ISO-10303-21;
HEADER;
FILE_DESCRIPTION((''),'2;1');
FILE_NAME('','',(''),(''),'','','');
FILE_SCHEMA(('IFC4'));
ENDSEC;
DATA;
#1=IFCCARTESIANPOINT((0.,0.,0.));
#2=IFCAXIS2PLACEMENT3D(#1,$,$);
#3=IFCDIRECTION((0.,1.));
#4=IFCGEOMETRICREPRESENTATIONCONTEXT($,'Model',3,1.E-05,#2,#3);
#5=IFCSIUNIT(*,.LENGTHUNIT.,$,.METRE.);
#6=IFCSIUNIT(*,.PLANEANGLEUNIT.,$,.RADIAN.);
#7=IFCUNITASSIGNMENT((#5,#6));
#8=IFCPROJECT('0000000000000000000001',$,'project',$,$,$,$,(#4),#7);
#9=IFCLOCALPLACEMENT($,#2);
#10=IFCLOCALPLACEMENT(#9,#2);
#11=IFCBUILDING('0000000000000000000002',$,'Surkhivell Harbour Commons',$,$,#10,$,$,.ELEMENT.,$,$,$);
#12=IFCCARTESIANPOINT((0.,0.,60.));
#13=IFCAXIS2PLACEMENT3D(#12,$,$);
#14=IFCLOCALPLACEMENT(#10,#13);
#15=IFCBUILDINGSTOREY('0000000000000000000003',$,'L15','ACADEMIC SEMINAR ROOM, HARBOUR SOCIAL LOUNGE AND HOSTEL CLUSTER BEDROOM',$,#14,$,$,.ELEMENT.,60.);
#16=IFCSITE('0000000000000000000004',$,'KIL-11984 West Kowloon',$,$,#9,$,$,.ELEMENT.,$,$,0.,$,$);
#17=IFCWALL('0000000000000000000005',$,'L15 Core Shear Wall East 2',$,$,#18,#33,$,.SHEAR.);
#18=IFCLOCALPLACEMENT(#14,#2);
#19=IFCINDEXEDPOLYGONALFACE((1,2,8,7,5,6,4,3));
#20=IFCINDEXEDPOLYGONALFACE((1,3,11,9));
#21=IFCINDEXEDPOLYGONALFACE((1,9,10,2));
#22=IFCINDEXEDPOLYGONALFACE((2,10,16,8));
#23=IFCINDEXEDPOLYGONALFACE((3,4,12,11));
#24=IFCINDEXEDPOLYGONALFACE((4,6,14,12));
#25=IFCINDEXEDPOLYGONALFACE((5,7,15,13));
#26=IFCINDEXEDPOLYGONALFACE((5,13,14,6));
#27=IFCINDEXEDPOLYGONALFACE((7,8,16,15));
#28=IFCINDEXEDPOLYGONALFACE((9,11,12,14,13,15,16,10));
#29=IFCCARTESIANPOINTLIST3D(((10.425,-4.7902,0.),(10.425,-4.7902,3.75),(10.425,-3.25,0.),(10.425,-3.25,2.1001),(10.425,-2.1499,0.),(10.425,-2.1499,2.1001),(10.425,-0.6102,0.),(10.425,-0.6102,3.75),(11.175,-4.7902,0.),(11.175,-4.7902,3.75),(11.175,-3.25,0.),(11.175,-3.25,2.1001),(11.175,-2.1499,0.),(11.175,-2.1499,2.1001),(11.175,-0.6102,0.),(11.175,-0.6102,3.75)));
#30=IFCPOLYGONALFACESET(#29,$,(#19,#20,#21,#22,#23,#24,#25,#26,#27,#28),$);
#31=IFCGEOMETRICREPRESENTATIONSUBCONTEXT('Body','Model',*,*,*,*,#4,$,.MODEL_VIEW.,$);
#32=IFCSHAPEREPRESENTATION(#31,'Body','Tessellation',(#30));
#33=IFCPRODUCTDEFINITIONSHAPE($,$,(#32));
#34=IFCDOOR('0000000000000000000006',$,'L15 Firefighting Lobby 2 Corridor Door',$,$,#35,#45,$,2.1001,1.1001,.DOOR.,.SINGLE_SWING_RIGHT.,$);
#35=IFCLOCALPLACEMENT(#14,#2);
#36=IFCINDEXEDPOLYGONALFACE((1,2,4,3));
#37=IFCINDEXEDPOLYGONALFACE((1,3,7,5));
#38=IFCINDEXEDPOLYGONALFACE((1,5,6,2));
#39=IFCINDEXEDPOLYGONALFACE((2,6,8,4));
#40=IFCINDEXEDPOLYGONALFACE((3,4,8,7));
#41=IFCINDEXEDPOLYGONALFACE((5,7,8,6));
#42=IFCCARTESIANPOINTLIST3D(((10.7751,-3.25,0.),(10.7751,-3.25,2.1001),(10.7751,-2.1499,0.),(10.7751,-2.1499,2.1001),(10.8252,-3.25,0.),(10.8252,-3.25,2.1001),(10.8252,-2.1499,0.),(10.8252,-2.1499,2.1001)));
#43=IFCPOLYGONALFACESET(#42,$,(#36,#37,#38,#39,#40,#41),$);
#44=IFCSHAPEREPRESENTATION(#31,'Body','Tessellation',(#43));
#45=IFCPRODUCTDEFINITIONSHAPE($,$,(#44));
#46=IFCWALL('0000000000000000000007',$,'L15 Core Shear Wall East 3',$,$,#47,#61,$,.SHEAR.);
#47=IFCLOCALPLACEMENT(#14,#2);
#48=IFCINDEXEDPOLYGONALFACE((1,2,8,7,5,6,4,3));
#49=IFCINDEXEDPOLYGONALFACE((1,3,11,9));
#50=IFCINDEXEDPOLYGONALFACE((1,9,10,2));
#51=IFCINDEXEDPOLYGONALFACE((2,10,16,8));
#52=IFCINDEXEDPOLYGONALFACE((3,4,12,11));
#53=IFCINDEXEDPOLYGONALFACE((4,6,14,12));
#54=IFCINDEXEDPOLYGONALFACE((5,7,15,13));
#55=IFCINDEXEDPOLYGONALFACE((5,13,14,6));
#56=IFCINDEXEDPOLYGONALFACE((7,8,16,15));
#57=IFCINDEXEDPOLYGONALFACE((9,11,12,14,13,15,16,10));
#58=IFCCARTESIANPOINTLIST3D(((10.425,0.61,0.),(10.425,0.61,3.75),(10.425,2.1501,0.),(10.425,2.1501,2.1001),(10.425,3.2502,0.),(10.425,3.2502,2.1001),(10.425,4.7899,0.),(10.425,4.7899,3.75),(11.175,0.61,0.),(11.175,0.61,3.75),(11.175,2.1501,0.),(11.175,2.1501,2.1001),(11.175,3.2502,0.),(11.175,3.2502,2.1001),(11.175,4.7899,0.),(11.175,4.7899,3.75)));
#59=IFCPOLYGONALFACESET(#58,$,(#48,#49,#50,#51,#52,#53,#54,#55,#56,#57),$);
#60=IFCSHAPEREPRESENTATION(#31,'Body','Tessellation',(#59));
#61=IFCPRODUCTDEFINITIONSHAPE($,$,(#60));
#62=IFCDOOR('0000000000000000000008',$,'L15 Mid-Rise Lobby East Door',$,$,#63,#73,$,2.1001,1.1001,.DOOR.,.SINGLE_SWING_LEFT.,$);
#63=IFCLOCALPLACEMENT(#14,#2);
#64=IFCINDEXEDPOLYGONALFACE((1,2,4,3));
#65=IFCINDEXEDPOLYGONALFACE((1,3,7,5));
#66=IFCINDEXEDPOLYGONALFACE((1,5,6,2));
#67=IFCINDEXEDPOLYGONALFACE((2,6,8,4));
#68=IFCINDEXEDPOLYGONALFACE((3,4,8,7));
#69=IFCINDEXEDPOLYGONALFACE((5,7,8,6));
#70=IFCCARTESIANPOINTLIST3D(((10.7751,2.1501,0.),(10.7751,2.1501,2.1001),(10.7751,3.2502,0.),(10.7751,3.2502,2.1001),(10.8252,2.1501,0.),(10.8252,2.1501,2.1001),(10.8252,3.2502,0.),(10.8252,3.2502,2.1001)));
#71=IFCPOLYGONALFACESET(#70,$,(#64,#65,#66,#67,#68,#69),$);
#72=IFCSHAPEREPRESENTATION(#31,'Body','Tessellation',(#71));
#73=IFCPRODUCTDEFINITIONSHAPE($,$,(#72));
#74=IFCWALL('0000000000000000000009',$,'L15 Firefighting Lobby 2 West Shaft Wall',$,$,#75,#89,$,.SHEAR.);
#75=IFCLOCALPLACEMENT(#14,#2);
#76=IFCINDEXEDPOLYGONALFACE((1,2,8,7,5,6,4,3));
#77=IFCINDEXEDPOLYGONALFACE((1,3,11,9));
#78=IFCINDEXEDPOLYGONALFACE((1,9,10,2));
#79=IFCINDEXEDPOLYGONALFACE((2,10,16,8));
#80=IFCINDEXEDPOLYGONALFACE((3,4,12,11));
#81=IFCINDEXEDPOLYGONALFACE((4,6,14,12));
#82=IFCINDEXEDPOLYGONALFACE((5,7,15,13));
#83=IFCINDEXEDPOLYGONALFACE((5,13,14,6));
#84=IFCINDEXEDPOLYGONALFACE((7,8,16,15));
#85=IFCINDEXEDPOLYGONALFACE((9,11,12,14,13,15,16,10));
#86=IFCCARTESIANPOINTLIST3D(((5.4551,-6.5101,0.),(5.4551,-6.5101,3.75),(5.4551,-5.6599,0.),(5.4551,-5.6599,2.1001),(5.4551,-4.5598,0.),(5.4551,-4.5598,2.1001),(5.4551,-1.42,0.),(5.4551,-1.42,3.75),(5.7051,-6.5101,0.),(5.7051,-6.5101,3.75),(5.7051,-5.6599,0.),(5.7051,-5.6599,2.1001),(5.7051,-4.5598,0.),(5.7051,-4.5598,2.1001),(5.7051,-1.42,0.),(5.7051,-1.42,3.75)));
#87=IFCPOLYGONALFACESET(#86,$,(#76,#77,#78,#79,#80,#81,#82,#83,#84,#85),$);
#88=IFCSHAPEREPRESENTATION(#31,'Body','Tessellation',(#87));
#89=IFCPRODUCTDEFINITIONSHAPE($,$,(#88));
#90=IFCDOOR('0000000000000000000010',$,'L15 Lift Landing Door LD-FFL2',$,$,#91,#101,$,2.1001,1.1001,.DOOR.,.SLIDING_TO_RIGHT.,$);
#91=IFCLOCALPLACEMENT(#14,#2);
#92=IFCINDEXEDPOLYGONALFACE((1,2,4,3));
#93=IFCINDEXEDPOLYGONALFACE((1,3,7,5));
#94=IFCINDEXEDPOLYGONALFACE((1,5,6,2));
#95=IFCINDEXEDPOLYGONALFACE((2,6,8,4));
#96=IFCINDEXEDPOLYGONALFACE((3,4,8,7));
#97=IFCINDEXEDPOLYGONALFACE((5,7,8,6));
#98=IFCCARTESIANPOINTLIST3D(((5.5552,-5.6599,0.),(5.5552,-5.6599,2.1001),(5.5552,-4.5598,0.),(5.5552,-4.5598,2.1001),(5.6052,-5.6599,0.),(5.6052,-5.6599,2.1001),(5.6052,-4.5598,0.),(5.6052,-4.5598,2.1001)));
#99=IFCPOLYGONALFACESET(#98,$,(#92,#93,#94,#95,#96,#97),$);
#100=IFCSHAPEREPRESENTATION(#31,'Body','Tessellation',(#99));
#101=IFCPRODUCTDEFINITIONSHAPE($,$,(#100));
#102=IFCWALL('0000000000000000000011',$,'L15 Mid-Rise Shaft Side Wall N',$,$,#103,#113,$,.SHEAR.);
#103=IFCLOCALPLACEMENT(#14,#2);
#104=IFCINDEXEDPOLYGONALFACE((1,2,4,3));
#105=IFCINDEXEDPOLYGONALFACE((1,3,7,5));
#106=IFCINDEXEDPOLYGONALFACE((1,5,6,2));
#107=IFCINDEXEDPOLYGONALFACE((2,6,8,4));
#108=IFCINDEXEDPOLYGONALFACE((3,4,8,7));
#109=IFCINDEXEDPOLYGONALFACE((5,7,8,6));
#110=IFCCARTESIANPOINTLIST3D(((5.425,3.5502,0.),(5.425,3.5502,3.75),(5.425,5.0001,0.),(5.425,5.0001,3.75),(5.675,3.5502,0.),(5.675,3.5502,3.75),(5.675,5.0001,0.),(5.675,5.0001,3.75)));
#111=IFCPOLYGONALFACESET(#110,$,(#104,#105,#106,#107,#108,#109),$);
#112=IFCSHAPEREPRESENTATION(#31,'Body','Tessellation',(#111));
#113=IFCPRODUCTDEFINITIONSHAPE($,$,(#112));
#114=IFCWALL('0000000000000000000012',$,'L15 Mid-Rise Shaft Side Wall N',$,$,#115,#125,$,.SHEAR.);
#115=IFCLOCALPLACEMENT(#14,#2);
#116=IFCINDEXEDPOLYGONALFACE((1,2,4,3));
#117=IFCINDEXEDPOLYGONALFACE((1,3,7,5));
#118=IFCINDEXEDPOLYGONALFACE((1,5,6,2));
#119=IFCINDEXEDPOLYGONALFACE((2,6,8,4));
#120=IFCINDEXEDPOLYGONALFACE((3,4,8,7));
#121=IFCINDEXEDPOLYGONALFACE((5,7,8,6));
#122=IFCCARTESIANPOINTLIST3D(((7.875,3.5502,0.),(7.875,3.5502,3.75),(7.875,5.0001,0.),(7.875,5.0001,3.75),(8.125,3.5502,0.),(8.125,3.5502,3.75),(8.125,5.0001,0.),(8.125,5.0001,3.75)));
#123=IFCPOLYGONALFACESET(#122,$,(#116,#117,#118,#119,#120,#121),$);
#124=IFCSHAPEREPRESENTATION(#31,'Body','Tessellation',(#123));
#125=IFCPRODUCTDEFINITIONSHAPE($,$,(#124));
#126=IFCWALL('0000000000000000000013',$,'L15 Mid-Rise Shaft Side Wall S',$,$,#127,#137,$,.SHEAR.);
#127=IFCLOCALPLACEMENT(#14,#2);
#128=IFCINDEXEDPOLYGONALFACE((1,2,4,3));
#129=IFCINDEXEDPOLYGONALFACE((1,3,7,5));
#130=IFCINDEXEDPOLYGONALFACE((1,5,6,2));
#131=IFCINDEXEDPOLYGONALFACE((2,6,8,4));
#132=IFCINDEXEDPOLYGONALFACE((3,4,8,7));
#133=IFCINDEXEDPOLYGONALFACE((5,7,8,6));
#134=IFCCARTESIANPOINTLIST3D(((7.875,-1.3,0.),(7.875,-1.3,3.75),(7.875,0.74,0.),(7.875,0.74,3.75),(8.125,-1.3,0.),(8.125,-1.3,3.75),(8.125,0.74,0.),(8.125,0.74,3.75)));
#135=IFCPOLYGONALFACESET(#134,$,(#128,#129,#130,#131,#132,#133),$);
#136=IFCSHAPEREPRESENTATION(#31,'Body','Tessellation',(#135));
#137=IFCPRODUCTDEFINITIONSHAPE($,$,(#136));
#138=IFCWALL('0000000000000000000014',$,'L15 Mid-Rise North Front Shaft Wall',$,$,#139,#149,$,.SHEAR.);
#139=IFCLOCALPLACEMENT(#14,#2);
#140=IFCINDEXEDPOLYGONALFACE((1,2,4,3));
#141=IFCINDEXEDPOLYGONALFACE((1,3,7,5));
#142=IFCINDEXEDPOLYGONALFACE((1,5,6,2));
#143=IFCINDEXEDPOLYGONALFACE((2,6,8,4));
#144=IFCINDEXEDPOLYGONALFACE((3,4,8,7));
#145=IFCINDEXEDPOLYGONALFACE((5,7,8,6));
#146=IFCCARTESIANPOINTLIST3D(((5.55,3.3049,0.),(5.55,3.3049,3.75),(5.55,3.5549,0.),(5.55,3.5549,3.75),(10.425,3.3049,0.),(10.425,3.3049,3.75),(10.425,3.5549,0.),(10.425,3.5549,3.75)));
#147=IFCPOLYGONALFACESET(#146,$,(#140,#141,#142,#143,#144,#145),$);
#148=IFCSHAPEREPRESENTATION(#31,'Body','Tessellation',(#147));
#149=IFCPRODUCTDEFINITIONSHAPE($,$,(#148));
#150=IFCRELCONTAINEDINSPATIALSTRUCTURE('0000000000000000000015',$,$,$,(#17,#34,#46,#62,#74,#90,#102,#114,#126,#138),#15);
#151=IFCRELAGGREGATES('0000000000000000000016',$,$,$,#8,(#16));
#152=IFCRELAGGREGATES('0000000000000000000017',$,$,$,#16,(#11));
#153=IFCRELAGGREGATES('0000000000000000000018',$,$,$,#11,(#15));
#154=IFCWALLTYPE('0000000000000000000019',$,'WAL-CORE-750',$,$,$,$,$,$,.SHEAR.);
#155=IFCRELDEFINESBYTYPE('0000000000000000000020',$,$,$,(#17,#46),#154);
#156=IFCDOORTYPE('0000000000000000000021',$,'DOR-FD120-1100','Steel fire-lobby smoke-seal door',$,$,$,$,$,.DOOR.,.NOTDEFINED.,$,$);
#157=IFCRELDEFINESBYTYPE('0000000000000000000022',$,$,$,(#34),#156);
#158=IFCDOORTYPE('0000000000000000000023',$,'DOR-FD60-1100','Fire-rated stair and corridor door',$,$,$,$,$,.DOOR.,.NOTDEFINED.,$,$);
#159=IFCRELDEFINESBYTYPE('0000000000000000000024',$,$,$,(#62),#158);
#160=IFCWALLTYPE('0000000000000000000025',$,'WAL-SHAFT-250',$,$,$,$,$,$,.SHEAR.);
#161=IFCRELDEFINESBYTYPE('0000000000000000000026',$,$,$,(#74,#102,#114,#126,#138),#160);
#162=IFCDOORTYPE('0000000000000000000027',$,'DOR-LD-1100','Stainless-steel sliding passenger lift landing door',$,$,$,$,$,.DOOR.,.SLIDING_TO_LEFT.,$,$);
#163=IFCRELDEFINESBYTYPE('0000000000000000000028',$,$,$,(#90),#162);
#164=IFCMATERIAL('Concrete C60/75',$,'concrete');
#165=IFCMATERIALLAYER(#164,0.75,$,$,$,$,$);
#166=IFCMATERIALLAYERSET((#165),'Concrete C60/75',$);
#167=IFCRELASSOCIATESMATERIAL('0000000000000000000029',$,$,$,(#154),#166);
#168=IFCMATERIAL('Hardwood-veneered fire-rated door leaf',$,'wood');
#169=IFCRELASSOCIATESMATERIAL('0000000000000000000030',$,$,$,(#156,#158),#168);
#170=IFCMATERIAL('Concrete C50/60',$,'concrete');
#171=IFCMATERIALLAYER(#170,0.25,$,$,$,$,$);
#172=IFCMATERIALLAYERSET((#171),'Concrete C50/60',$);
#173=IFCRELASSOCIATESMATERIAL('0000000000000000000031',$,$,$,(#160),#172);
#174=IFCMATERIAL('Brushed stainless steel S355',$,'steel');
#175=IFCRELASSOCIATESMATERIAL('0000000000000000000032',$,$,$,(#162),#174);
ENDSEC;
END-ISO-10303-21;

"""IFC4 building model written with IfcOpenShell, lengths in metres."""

from ifc_helpers import new_model, si_unit, direction, frame, frame_2d, origin, place, context, subcontext, project, spatial, rectangle, extrude, material, layer, layer_set, type_object, element, fill, save


model = new_model("IFC4")

# Units and contexts
model_context = context("Model", 3, precision=1e-05, world=origin(), true_north=direction((0.0, 1.0)))
body_context = subcontext(model_context, "Body", "Model", "MODEL_VIEW")
ifc_project = project(units=[si_unit("LENGTHUNIT", "METRE"), si_unit("PLANEANGLEUNIT", "RADIAN")], contexts=[model_context])

# Site, building, storey
site_placement = place(None, origin())
site = spatial("IfcSite", under=ifc_project, at=site_placement, Name="KIL-11984 West Kowloon", CompositionType="ELEMENT", RefElevation=0.0)
building_placement = place(site_placement, origin())
building = spatial("IfcBuilding", under=site, at=building_placement, Name="Surkhivell Harbour Commons", CompositionType="ELEMENT")
storey_placement = place(building_placement, frame((0.0, 0.0, 60.0)))
storey = spatial("IfcBuildingStorey", under=building, at=storey_placement, Name="L15", Description="ACADEMIC SEMINAR ROOM, HARBOUR SOCIAL LOUNGE AND HOSTEL CLUSTER BEDROOM", CompositionType="ELEMENT", Elevation=60.0)

# Walls, openings, doors
ifc_material_1 = material(Name="Concrete C60/75", Category="concrete")
ifc_layer_1 = layer(ifc_material_1, 0.75)
ifc_layer_set_1 = layer_set([ifc_layer_1], Name="Concrete C60/75")
wall_type_1 = type_object("IfcWallType", Name="WAL-CORE-750", PredefinedType="SHEAR", material=ifc_layer_set_1)
wall_1_placement = place(storey_placement, frame((10.8, -4.79, 0.0), z_axis=(0.0, 0.0, 1.0), x_axis=(0.0, 1.0, 0.0)))
wall_1 = element("IfcWall", 1, at=wall_1_placement, inside=storey, type_object=wall_type_1, Name="L15 Core Shear Wall East 2", PredefinedType="SHEAR", context=body_context, shape_type="SweptSolid", body=[
    extrude(rectangle(XDim=4.1799, YDim=0.75, at=frame_2d((2.0898, 0.0))), origin(), (0.0, 0.0, 1.0), 3.75),
])
opening_1_placement = place(wall_1_placement, frame((1.54, 0.0, 0.0)))
opening_1 = element("IfcOpeningElement", 2, at=opening_1_placement, cuts=wall_1, PredefinedType="OPENING", context=body_context, shape_type="SweptSolid", body=[
    extrude(rectangle(XDim=1.1001, YDim=2.1001, at=frame_2d((0.55, 1.05))), frame((0.0, 0.385, 0.0), z_axis=(0.0, -1.0, 0.0), x_axis=(1.0, 0.0, 0.0)), (0.0, 0.0, 1.0), 0.77),
])
ifc_material_2 = material(Name="Hardwood-veneered fire-rated door leaf", Category="wood")
door_type_1 = type_object("IfcDoorType", Name="DOR-FD120-1100", Description="Steel fire-lobby smoke-seal door", OperationType="NOTDEFINED", PredefinedType="DOOR", material=ifc_material_2)
door_1_placement = place(opening_1_placement, origin())
door_1 = element("IfcDoor", 3, at=door_1_placement, inside=storey, type_object=door_type_1, Name="L15 Firefighting Lobby 2 Corridor Door", OperationType="SINGLE_SWING_RIGHT", OverallHeight=2.1001, OverallWidth=1.1001, PredefinedType="DOOR", context=body_context, shape_type="SweptSolid", body=[
    extrude(rectangle(XDim=1.1001, YDim=2.1001, at=frame_2d((0.55, 1.05))), frame((0.0, 0.0249, 0.0), z_axis=(0.0, -1.0, 0.0), x_axis=(1.0, 0.0, 0.0)), (0.0, 0.0, 1.0), 0.05),
])
fill(opening_1, door_1)
wall_2_placement = place(storey_placement, frame((10.8, 0.6101, 0.0), z_axis=(0.0, 0.0, 1.0), x_axis=(0.0, 1.0, 0.0)))
wall_2 = element("IfcWall", 4, at=wall_2_placement, inside=storey, type_object=wall_type_1, Name="L15 Core Shear Wall East 3", PredefinedType="SHEAR", context=body_context, shape_type="SweptSolid", body=[
    extrude(rectangle(XDim=4.1799, YDim=0.75, at=frame_2d((2.0898, 0.0))), origin(), (0.0, 0.0, 1.0), 3.75),
])
opening_2_placement = place(wall_2_placement, frame((1.54, 0.0, 0.0)))
opening_2 = element("IfcOpeningElement", 5, at=opening_2_placement, cuts=wall_2, PredefinedType="OPENING", context=body_context, shape_type="SweptSolid", body=[
    extrude(rectangle(XDim=1.1001, YDim=2.1001, at=frame_2d((0.55, 1.05))), frame((0.0, 0.385, 0.0), z_axis=(0.0, -1.0, 0.0), x_axis=(1.0, 0.0, 0.0)), (0.0, 0.0, 1.0), 0.77),
])
door_type_2 = type_object("IfcDoorType", Name="DOR-FD60-1100", Description="Fire-rated stair and corridor door", OperationType="NOTDEFINED", PredefinedType="DOOR", material=ifc_material_2)
door_2_placement = place(opening_2_placement, origin())
door_2 = element("IfcDoor", 6, at=door_2_placement, inside=storey, type_object=door_type_2, Name="L15 Mid-Rise Lobby East Door", OperationType="SINGLE_SWING_LEFT", OverallHeight=2.1001, OverallWidth=1.1001, PredefinedType="DOOR", context=body_context, shape_type="SweptSolid", body=[
    extrude(rectangle(XDim=1.1001, YDim=2.1001, at=frame_2d((0.55, 1.05))), frame((0.0, 0.0249, 0.0), z_axis=(0.0, -1.0, 0.0), x_axis=(1.0, 0.0, 0.0)), (0.0, 0.0, 1.0), 0.05),
])
fill(opening_2, door_2)
ifc_material_3 = material(Name="Concrete C50/60", Category="concrete")
ifc_layer_2 = layer(ifc_material_3, 0.25)
ifc_layer_set_2 = layer_set([ifc_layer_2], Name="Concrete C50/60")
wall_type_2 = type_object("IfcWallType", Name="WAL-SHAFT-250", PredefinedType="SHEAR", material=ifc_layer_set_2)
wall_3_placement = place(storey_placement, frame((5.5801, -6.51, 0.0), z_axis=(0.0, 0.0, 1.0), x_axis=(0.0, 1.0, 0.0)))
wall_3 = element("IfcWall", 7, at=wall_3_placement, inside=storey, type_object=wall_type_2, Name="L15 Firefighting Lobby 2 West Shaft Wall", PredefinedType="SHEAR", context=body_context, shape_type="SweptSolid", body=[
    extrude(rectangle(XDim=5.0901, YDim=0.25, at=frame_2d((2.5449, 0.0))), origin(), (0.0, 0.0, 1.0), 3.75),
])
opening_3_placement = place(wall_3_placement, frame((0.8501, 0.0, 0.0)))
opening_3 = element("IfcOpeningElement", 8, at=opening_3_placement, cuts=wall_3, PredefinedType="OPENING", context=body_context, shape_type="SweptSolid", body=[
    extrude(rectangle(XDim=1.1001, YDim=2.1001, at=frame_2d((0.55, 1.05))), frame((0.0, 0.135, 0.0), z_axis=(0.0, -1.0, 0.0), x_axis=(1.0, 0.0, 0.0)), (0.0, 0.0, 1.0), 0.27),
])
ifc_material_4 = material(Name="Brushed stainless steel S355", Category="steel")
door_type_3 = type_object("IfcDoorType", Name="DOR-LD-1100", Description="Stainless-steel sliding passenger lift landing door", OperationType="SLIDING_TO_LEFT", PredefinedType="DOOR", material=ifc_material_4)
door_3_placement = place(opening_3_placement, origin())
door_3 = element("IfcDoor", 9, at=door_3_placement, inside=storey, type_object=door_type_3, Name="L15 Lift Landing Door LD-FFL2", OperationType="SLIDING_TO_RIGHT", OverallHeight=2.1001, OverallWidth=1.1001, PredefinedType="DOOR", context=body_context, shape_type="SweptSolid", body=[
    extrude(rectangle(XDim=1.1001, YDim=2.1001, at=frame_2d((0.55, 1.05))), frame((0.0, 0.0249, 0.0), z_axis=(0.0, -1.0, 0.0), x_axis=(1.0, 0.0, 0.0)), (0.0, 0.0, 1.0), 0.05),
])
fill(opening_3, door_3)

# Walls
for number, where, z_axis, x_axis, name in (
    (10, (5.55, 3.55, 0.0), (0.0, 0.0, 1.0), (0.0, 1.0, 0.0), "L15 Mid-Rise Shaft Side Wall N"),
    (11, (8.0, 3.55, 0.0), (0.0, 0.0, 1.0), (0.0, 1.0, 0.0), "L15 Mid-Rise Shaft Side Wall N"),
):
    element("IfcWall", number, at=place(storey_placement, frame(where, z_axis=z_axis, x_axis=x_axis)), inside=storey, type_object=wall_type_2, Name=name, PredefinedType="SHEAR", context=body_context, shape_type="SweptSolid", body=[
        extrude(rectangle(XDim=1.45, YDim=0.25, at=frame_2d((0.7251, 0.0))), origin(), (0.0, 0.0, 1.0), 3.75),
    ])
wall_4_placement = place(storey_placement, frame((8.0, -1.3, 0.0), z_axis=(0.0, 0.0, 1.0), x_axis=(0.0, 1.0, 0.0)))
element("IfcWall", 12, at=wall_4_placement, inside=storey, type_object=wall_type_2, Name="L15 Mid-Rise Shaft Side Wall S", PredefinedType="SHEAR", context=body_context, shape_type="SweptSolid", body=[
    extrude(rectangle(XDim=2.04, YDim=0.25, at=frame_2d((1.02, 0.0))), origin(), (0.0, 0.0, 1.0), 3.75),
])
wall_5_placement = place(storey_placement, frame((5.55, 3.4299, 0.0), z_axis=(0.0, 0.0, 1.0), x_axis=(1.0, 0.0, 0.0)))
element("IfcWall", 13, at=wall_5_placement, inside=storey, type_object=wall_type_2, Name="L15 Mid-Rise North Front Shaft Wall", PredefinedType="SHEAR", context=body_context, shape_type="SweptSolid", body=[
    extrude(rectangle(XDim=4.875, YDim=0.25, at=frame_2d((2.4375, 0.0))), origin(), (0.0, 0.0, 1.0), 3.75),
])

save(model, "model.ifc")
